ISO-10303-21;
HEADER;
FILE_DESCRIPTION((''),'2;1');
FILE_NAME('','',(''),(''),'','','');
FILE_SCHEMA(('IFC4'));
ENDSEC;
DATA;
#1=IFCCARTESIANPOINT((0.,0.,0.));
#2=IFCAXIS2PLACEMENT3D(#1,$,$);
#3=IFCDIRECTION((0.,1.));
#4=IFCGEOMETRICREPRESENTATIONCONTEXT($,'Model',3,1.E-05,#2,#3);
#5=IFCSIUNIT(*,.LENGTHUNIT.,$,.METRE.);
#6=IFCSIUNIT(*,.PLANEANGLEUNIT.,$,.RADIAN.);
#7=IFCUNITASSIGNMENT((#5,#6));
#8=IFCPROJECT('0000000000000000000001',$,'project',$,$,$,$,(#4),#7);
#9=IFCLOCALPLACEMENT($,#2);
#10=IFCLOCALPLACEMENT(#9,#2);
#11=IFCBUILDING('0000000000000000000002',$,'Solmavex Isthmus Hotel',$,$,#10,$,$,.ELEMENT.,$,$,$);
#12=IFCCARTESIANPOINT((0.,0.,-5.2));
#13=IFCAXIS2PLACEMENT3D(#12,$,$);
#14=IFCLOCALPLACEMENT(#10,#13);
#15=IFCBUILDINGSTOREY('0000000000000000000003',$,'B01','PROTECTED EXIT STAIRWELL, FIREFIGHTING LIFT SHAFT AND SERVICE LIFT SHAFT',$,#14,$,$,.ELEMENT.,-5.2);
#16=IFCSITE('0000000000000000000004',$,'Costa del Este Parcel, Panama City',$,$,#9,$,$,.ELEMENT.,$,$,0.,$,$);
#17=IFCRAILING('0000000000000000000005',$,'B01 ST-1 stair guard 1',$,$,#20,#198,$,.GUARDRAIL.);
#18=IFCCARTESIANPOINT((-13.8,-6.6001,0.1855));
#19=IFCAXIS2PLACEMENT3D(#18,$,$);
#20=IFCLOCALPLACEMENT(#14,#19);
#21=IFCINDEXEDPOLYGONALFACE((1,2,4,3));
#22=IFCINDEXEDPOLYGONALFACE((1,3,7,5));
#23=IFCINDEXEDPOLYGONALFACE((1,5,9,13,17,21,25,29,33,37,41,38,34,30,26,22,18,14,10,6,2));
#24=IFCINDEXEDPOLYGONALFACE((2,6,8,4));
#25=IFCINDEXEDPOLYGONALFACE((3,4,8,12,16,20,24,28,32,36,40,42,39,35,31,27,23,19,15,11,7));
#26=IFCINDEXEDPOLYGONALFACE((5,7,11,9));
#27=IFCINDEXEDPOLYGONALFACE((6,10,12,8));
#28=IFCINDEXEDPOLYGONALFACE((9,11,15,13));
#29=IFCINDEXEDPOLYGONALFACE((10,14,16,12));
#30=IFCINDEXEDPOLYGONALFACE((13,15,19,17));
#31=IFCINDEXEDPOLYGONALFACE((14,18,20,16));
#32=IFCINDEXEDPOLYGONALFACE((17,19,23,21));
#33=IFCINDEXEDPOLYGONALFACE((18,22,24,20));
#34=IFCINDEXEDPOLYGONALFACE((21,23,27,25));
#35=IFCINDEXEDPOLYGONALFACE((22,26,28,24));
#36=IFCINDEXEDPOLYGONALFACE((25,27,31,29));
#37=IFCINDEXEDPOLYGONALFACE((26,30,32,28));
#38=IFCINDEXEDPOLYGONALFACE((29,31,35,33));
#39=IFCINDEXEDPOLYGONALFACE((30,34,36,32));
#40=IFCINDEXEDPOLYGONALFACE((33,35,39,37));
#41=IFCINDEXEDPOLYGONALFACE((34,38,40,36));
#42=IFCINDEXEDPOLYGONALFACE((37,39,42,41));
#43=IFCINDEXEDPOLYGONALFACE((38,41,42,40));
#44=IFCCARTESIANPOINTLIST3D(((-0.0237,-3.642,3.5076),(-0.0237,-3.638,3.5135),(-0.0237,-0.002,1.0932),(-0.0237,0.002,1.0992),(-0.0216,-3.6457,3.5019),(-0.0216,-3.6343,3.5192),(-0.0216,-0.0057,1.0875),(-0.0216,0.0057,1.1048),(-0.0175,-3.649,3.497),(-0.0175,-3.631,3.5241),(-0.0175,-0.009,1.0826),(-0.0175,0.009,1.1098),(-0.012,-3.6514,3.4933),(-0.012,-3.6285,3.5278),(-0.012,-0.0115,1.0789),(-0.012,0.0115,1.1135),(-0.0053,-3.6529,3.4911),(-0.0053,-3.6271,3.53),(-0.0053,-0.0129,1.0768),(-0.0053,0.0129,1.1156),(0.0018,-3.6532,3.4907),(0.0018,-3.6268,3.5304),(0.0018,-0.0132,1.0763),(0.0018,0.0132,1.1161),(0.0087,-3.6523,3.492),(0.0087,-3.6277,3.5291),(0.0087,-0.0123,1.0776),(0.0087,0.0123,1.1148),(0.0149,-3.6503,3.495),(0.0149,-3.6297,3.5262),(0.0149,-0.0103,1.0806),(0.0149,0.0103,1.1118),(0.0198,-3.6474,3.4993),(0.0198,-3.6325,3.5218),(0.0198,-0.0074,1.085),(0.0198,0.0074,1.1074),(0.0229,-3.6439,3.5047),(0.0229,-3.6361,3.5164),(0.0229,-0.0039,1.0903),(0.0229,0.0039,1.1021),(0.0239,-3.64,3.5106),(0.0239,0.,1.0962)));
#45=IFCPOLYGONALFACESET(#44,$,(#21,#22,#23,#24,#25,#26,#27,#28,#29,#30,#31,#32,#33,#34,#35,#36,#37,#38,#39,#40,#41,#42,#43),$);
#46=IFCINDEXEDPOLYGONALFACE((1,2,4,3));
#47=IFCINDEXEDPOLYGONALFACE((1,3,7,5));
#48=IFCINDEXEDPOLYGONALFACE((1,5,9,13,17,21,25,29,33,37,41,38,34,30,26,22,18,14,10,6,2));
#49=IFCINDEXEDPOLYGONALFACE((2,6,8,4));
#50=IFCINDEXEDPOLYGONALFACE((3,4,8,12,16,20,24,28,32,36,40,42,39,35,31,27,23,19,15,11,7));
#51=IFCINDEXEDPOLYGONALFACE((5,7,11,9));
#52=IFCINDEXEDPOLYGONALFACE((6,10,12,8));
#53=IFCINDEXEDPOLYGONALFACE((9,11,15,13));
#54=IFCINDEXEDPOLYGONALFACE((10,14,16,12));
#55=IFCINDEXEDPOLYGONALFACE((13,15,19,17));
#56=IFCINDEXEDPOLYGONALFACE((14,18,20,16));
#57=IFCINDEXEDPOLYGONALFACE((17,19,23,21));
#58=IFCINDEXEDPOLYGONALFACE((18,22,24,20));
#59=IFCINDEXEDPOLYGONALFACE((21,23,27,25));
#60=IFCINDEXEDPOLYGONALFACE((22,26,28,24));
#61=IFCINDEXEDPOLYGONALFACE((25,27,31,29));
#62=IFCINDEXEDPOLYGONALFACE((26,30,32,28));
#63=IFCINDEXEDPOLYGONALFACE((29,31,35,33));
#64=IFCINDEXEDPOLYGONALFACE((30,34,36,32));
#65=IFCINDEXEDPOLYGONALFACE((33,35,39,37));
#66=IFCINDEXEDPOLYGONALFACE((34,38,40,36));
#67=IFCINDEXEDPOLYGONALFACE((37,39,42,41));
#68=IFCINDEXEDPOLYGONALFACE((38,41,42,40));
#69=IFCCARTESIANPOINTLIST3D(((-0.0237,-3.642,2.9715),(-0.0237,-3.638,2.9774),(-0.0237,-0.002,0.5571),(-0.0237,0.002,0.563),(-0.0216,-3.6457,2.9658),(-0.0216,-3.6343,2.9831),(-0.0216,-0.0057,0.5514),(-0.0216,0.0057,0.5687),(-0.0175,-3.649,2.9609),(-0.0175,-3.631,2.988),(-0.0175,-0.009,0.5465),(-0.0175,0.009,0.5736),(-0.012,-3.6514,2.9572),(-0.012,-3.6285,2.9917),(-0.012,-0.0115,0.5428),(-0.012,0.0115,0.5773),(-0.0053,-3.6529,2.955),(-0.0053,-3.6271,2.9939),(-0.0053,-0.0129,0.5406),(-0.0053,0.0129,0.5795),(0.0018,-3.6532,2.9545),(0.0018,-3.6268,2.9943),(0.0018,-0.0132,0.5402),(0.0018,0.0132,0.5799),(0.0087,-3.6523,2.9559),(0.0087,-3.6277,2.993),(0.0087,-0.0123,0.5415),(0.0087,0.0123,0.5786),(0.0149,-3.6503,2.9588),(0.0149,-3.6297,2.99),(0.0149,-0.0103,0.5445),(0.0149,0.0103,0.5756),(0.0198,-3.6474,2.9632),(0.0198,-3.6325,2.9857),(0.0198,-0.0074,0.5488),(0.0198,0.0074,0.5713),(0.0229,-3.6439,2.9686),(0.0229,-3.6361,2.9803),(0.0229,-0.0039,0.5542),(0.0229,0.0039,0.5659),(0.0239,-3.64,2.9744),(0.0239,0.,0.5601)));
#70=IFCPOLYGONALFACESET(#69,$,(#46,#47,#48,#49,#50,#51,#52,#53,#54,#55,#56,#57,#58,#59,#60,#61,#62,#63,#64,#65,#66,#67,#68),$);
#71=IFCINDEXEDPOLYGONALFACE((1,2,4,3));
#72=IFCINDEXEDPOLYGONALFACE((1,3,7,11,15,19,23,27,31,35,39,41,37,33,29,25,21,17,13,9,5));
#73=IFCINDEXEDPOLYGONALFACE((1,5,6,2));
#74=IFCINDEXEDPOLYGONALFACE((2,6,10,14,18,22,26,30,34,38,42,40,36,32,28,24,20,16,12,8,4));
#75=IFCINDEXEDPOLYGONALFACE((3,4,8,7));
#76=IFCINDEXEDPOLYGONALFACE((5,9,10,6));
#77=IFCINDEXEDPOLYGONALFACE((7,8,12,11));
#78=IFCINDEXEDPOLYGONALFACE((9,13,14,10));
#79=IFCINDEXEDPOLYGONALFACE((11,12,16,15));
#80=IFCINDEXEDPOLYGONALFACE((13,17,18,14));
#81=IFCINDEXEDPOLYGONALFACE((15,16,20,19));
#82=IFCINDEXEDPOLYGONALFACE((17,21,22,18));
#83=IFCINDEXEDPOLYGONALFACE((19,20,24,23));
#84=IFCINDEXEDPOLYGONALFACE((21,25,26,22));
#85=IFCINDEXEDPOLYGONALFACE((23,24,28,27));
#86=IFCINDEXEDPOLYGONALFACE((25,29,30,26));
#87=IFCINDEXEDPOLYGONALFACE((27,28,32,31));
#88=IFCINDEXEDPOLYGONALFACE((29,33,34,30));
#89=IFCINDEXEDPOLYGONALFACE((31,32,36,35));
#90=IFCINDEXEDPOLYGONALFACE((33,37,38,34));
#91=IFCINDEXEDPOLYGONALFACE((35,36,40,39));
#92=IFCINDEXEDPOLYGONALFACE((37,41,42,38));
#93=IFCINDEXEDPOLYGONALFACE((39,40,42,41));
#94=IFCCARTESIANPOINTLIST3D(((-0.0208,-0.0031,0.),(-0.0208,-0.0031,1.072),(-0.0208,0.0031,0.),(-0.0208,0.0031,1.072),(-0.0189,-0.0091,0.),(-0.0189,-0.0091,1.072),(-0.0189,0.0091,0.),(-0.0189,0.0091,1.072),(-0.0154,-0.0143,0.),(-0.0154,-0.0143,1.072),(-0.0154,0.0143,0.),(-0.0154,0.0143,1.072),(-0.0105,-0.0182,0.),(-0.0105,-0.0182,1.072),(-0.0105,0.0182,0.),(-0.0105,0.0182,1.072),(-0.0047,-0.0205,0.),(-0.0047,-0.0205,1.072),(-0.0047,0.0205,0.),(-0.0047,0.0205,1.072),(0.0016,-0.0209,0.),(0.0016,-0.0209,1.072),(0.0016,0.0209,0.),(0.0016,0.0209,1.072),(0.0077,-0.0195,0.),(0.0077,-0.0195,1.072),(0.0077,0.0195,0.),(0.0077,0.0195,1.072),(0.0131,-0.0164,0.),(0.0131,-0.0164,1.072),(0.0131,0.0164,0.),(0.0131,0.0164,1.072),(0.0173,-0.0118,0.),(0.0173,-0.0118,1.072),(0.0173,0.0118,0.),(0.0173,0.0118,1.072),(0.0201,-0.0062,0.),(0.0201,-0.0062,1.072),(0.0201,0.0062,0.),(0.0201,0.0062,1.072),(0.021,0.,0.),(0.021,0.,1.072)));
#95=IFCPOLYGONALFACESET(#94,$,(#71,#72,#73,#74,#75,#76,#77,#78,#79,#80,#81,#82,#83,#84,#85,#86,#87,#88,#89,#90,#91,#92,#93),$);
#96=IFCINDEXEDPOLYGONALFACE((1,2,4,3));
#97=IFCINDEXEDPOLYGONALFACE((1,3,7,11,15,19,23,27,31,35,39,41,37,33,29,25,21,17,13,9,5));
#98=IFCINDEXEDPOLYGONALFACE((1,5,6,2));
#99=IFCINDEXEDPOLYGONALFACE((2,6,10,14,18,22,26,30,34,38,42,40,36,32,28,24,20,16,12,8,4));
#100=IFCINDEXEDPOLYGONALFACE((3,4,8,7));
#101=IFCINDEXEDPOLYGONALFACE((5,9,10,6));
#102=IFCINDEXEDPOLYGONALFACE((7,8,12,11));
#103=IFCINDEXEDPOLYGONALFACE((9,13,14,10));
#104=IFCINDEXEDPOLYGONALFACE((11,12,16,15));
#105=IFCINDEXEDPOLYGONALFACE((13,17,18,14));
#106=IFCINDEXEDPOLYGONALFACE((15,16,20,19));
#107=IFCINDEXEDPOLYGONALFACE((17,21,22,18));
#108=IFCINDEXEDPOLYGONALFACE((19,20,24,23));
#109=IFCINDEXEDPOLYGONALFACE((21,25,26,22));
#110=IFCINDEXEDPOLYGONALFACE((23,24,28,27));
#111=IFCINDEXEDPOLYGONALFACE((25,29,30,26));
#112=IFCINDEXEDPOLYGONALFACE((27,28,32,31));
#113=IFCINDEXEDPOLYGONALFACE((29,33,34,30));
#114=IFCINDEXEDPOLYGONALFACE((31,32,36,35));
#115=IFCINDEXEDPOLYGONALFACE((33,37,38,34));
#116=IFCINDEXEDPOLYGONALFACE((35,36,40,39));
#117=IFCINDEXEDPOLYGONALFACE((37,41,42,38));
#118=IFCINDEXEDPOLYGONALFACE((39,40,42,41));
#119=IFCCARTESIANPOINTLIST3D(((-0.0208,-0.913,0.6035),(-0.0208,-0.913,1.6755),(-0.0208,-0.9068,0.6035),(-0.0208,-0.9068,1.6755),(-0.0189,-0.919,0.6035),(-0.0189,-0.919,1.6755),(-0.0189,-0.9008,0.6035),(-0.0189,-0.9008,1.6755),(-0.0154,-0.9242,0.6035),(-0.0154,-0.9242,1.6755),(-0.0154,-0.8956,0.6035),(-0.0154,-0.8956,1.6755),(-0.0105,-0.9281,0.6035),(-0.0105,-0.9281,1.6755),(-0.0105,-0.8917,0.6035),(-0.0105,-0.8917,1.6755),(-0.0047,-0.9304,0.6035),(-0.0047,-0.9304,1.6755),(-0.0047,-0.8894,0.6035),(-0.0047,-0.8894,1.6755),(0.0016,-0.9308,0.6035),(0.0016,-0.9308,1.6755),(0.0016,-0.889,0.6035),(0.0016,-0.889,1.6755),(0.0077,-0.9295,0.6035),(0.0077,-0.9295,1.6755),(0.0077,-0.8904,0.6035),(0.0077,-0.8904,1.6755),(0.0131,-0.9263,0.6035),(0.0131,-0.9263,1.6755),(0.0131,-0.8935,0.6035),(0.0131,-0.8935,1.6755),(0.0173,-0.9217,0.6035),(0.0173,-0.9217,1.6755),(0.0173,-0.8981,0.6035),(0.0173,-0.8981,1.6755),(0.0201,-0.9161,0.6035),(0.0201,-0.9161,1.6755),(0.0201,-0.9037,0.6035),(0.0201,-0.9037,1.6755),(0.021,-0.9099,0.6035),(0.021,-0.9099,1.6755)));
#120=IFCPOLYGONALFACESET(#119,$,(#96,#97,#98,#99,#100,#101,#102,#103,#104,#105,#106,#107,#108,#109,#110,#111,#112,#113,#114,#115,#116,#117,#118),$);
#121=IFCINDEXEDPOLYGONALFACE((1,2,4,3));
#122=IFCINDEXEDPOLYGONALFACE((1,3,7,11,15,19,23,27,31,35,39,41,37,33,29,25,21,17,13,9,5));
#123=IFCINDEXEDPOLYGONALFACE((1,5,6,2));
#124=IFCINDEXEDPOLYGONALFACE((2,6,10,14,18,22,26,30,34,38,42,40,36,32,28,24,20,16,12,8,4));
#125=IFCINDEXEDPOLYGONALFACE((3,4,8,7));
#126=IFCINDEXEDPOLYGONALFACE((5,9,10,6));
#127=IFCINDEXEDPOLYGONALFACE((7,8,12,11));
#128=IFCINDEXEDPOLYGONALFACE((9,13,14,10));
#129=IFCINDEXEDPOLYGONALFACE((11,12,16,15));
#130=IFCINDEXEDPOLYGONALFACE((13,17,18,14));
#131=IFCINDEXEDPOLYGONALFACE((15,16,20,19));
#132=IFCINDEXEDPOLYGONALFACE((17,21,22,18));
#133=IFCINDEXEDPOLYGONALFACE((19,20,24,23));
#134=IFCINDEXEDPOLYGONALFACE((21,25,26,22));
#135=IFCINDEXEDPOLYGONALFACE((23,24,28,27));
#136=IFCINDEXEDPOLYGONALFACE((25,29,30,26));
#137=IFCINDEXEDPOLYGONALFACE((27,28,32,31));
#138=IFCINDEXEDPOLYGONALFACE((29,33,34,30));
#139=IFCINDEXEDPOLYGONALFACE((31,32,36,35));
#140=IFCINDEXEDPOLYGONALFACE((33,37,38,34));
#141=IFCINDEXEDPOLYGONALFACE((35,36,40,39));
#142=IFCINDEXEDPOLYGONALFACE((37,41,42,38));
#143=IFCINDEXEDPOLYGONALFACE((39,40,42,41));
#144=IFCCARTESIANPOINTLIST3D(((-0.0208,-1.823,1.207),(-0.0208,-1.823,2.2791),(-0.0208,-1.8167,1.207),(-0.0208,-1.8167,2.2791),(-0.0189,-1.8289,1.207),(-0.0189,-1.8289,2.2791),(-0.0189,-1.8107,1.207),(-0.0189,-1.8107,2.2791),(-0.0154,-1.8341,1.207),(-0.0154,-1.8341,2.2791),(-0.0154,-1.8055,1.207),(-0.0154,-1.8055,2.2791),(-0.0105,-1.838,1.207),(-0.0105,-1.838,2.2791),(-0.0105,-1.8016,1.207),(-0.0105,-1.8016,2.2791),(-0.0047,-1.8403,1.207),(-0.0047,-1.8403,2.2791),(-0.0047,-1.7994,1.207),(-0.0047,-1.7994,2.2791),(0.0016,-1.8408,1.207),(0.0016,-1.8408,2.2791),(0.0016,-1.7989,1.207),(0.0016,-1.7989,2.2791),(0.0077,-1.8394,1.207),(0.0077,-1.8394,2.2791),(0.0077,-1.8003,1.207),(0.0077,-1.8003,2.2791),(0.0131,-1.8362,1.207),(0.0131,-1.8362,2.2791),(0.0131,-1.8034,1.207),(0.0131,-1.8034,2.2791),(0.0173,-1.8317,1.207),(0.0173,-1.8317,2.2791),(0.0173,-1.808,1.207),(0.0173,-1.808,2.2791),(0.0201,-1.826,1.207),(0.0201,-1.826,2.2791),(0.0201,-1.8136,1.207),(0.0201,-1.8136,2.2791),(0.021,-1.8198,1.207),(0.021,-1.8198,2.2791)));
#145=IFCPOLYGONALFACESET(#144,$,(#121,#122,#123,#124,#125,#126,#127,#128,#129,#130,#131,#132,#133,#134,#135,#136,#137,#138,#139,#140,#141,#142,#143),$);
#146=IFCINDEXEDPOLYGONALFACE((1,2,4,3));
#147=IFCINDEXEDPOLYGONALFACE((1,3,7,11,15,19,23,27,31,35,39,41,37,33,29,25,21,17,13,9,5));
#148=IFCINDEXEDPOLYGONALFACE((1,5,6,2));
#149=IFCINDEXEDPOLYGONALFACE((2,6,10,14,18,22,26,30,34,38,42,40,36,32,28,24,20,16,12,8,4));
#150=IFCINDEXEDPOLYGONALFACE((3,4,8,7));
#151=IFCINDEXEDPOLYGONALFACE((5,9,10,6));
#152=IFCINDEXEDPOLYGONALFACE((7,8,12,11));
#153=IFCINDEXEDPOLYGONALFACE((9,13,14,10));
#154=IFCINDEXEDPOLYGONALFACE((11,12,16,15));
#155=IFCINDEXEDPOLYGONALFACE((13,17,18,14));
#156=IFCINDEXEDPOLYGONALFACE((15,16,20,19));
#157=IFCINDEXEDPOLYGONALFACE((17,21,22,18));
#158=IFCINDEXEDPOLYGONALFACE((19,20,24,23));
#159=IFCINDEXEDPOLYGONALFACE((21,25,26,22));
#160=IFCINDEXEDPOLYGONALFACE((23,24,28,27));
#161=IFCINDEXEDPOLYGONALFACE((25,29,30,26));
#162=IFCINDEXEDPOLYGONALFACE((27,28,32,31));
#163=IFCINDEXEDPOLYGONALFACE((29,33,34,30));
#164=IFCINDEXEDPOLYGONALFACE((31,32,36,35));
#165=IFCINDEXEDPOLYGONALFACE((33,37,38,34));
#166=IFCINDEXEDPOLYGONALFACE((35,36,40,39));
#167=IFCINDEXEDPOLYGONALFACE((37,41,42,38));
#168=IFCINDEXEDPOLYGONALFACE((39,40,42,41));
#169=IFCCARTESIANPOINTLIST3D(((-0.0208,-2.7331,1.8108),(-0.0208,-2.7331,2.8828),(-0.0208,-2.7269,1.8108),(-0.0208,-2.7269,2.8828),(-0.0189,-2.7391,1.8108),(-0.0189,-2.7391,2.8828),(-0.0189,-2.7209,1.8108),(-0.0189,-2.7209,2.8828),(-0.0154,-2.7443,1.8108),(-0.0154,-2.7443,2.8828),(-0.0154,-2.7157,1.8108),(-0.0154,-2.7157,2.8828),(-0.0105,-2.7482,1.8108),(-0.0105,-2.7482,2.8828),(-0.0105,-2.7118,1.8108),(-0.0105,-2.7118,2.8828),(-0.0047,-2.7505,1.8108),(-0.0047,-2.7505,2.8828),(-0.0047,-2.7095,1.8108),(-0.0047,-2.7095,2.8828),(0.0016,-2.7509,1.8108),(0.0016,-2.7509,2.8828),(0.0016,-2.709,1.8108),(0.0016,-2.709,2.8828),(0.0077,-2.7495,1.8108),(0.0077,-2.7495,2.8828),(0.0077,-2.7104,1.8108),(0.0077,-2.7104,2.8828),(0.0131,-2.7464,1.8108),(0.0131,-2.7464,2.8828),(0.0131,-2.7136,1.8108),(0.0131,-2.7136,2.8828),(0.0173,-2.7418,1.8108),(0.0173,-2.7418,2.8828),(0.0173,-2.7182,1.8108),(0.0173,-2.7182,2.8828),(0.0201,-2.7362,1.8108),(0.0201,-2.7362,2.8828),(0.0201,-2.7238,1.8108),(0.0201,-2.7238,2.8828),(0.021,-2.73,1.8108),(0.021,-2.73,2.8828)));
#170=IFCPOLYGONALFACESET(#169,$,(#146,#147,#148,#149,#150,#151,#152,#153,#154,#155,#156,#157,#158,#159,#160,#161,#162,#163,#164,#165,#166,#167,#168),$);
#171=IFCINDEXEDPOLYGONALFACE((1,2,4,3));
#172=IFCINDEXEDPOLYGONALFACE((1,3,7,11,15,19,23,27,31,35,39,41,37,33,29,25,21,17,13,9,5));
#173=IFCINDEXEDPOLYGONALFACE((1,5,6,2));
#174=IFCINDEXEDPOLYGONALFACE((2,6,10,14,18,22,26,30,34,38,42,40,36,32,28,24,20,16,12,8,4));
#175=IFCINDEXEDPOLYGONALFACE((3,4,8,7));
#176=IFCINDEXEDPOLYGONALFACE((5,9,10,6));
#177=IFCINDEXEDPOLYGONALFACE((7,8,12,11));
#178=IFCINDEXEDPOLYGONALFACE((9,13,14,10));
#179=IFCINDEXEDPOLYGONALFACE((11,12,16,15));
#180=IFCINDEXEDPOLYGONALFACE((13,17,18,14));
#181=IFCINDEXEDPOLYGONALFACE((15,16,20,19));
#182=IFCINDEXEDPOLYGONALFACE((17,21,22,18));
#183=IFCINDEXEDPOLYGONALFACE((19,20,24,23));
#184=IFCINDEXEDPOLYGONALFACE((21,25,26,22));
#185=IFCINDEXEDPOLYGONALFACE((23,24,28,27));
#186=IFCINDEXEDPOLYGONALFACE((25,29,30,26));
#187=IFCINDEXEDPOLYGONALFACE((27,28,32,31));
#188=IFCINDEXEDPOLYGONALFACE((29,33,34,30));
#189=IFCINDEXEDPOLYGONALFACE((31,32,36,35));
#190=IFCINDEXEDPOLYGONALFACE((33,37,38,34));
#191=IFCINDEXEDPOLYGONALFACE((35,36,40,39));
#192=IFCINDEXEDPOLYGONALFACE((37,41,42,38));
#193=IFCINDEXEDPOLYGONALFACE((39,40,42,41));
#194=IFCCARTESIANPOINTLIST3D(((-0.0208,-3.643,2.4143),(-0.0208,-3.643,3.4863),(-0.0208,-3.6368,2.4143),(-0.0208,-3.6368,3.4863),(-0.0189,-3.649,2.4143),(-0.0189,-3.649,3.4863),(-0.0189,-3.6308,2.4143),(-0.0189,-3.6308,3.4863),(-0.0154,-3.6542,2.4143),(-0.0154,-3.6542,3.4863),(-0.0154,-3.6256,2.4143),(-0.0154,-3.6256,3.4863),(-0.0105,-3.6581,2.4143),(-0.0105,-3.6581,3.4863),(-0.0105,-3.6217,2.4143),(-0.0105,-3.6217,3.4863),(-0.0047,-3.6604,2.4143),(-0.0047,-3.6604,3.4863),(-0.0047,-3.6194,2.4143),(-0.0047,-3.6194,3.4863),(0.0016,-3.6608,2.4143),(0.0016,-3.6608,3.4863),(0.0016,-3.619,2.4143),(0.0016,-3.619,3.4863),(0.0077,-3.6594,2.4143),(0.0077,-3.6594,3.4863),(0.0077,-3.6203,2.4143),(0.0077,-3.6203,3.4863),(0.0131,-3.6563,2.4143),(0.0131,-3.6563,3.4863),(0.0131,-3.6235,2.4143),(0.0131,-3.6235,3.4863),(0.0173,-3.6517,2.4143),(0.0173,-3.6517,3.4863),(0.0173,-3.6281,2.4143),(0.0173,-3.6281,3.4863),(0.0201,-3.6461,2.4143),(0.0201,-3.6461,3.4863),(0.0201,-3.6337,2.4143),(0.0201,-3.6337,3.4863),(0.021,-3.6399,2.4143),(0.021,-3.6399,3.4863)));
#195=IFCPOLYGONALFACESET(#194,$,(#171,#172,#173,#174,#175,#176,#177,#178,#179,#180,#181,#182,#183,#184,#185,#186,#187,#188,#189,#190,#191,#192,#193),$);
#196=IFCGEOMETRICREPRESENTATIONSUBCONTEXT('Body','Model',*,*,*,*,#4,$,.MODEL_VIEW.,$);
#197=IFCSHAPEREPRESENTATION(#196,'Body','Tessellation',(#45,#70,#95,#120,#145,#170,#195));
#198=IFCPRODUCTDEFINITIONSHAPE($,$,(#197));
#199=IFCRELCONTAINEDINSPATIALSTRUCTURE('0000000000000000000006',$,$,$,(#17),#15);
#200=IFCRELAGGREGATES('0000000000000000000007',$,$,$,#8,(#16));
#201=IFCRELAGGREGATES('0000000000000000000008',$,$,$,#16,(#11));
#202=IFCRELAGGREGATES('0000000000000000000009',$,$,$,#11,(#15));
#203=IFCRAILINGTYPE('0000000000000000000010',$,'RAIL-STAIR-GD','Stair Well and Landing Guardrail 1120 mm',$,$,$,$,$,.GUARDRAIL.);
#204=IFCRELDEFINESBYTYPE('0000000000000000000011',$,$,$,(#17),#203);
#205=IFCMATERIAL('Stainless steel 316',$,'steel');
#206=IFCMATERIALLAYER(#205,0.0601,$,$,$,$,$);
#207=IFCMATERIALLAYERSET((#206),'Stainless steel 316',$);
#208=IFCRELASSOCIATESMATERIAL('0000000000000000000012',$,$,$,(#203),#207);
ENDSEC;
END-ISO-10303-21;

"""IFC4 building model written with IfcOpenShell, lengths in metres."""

from ifc_helpers import new_model, si_unit, direction, frame, origin, origin_2d, place, context, subcontext, project, spatial, circle, extrude, material, layer, layer_set, type_object, element, save


model = new_model("IFC4")

# Units and contexts
model_context = context("Model", 3, precision=1e-05, world=origin(), true_north=direction((0.0, 1.0)))
body_context = subcontext(model_context, "Body", "Model", "MODEL_VIEW")
ifc_project = project(units=[si_unit("LENGTHUNIT", "METRE"), si_unit("PLANEANGLEUNIT", "RADIAN")], contexts=[model_context])

# Site, building, storey
site_placement = place(None, origin())
site = spatial("IfcSite", under=ifc_project, at=site_placement, Name="Costa del Este Parcel, Panama City", CompositionType="ELEMENT", RefElevation=0.0)
building_placement = place(site_placement, origin())
building = spatial("IfcBuilding", under=site, at=building_placement, Name="Solmavex Isthmus Hotel", CompositionType="ELEMENT")
storey_placement = place(building_placement, frame((0.0, 0.0, -5.2)))
storey = spatial("IfcBuildingStorey", under=building, at=storey_placement, Name="B01", Description="PROTECTED EXIT STAIRWELL, FIREFIGHTING LIFT SHAFT AND SERVICE LIFT SHAFT", CompositionType="ELEMENT", Elevation=-5.2)

# Railing
ifc_material_1 = material(Name="Stainless steel 316", Category="steel")
ifc_layer_1 = layer(ifc_material_1, 0.0601)
ifc_layer_set_1 = layer_set([ifc_layer_1], Name="Stainless steel 316")
railing_type_1 = type_object("IfcRailingType", Name="RAIL-STAIR-GD", Description="Stair Well and Landing Guardrail 1120 mm", PredefinedType="GUARDRAIL", material=ifc_layer_set_1)
railing_1_placement = place(storey_placement, frame((-13.8, -6.6001, 0.1855)))
element("IfcRailing", 1, at=railing_1_placement, inside=storey, type_object=railing_type_1, Name="B01 ST-1 stair guard 1", PredefinedType="GUARDRAIL", context=body_context, shape_type="SweptSolid", body=[
    extrude(circle(Radius=0.0239, at=origin_2d()), frame((0.0, 0.0, 1.0962), z_axis=(0.0, -0.833347, 0.552751), x_axis=(1.0, 0.0, 0.0)), (0.0, 0.0, 1.0), 4.3679),
    extrude(circle(Radius=0.0239, at=origin_2d()), frame((0.0, 0.0, 0.5601), z_axis=(0.0, -0.833347, 0.552751), x_axis=(1.0, 0.0, 0.0)), (0.0, 0.0, 1.0), 4.3679),
    extrude(circle(Radius=0.021, at=origin_2d()), origin(), (0.0, 0.0, 1.0), 1.072),
    extrude(circle(Radius=0.021, at=origin_2d()), frame((0.0, -0.9099, 0.6035)), (0.0, 0.0, 1.0), 1.072),
    extrude(circle(Radius=0.021, at=origin_2d()), frame((0.0, -1.8198, 1.207)), (0.0, 0.0, 1.0), 1.072),
    extrude(circle(Radius=0.021, at=origin_2d()), frame((0.0, -2.73, 1.8108)), (0.0, 0.0, 1.0), 1.072),
    extrude(circle(Radius=0.021, at=origin_2d()), frame((0.0, -3.6399, 2.4143)), (0.0, 0.0, 1.0), 1.072),
])

save(model, "model.ifc")
